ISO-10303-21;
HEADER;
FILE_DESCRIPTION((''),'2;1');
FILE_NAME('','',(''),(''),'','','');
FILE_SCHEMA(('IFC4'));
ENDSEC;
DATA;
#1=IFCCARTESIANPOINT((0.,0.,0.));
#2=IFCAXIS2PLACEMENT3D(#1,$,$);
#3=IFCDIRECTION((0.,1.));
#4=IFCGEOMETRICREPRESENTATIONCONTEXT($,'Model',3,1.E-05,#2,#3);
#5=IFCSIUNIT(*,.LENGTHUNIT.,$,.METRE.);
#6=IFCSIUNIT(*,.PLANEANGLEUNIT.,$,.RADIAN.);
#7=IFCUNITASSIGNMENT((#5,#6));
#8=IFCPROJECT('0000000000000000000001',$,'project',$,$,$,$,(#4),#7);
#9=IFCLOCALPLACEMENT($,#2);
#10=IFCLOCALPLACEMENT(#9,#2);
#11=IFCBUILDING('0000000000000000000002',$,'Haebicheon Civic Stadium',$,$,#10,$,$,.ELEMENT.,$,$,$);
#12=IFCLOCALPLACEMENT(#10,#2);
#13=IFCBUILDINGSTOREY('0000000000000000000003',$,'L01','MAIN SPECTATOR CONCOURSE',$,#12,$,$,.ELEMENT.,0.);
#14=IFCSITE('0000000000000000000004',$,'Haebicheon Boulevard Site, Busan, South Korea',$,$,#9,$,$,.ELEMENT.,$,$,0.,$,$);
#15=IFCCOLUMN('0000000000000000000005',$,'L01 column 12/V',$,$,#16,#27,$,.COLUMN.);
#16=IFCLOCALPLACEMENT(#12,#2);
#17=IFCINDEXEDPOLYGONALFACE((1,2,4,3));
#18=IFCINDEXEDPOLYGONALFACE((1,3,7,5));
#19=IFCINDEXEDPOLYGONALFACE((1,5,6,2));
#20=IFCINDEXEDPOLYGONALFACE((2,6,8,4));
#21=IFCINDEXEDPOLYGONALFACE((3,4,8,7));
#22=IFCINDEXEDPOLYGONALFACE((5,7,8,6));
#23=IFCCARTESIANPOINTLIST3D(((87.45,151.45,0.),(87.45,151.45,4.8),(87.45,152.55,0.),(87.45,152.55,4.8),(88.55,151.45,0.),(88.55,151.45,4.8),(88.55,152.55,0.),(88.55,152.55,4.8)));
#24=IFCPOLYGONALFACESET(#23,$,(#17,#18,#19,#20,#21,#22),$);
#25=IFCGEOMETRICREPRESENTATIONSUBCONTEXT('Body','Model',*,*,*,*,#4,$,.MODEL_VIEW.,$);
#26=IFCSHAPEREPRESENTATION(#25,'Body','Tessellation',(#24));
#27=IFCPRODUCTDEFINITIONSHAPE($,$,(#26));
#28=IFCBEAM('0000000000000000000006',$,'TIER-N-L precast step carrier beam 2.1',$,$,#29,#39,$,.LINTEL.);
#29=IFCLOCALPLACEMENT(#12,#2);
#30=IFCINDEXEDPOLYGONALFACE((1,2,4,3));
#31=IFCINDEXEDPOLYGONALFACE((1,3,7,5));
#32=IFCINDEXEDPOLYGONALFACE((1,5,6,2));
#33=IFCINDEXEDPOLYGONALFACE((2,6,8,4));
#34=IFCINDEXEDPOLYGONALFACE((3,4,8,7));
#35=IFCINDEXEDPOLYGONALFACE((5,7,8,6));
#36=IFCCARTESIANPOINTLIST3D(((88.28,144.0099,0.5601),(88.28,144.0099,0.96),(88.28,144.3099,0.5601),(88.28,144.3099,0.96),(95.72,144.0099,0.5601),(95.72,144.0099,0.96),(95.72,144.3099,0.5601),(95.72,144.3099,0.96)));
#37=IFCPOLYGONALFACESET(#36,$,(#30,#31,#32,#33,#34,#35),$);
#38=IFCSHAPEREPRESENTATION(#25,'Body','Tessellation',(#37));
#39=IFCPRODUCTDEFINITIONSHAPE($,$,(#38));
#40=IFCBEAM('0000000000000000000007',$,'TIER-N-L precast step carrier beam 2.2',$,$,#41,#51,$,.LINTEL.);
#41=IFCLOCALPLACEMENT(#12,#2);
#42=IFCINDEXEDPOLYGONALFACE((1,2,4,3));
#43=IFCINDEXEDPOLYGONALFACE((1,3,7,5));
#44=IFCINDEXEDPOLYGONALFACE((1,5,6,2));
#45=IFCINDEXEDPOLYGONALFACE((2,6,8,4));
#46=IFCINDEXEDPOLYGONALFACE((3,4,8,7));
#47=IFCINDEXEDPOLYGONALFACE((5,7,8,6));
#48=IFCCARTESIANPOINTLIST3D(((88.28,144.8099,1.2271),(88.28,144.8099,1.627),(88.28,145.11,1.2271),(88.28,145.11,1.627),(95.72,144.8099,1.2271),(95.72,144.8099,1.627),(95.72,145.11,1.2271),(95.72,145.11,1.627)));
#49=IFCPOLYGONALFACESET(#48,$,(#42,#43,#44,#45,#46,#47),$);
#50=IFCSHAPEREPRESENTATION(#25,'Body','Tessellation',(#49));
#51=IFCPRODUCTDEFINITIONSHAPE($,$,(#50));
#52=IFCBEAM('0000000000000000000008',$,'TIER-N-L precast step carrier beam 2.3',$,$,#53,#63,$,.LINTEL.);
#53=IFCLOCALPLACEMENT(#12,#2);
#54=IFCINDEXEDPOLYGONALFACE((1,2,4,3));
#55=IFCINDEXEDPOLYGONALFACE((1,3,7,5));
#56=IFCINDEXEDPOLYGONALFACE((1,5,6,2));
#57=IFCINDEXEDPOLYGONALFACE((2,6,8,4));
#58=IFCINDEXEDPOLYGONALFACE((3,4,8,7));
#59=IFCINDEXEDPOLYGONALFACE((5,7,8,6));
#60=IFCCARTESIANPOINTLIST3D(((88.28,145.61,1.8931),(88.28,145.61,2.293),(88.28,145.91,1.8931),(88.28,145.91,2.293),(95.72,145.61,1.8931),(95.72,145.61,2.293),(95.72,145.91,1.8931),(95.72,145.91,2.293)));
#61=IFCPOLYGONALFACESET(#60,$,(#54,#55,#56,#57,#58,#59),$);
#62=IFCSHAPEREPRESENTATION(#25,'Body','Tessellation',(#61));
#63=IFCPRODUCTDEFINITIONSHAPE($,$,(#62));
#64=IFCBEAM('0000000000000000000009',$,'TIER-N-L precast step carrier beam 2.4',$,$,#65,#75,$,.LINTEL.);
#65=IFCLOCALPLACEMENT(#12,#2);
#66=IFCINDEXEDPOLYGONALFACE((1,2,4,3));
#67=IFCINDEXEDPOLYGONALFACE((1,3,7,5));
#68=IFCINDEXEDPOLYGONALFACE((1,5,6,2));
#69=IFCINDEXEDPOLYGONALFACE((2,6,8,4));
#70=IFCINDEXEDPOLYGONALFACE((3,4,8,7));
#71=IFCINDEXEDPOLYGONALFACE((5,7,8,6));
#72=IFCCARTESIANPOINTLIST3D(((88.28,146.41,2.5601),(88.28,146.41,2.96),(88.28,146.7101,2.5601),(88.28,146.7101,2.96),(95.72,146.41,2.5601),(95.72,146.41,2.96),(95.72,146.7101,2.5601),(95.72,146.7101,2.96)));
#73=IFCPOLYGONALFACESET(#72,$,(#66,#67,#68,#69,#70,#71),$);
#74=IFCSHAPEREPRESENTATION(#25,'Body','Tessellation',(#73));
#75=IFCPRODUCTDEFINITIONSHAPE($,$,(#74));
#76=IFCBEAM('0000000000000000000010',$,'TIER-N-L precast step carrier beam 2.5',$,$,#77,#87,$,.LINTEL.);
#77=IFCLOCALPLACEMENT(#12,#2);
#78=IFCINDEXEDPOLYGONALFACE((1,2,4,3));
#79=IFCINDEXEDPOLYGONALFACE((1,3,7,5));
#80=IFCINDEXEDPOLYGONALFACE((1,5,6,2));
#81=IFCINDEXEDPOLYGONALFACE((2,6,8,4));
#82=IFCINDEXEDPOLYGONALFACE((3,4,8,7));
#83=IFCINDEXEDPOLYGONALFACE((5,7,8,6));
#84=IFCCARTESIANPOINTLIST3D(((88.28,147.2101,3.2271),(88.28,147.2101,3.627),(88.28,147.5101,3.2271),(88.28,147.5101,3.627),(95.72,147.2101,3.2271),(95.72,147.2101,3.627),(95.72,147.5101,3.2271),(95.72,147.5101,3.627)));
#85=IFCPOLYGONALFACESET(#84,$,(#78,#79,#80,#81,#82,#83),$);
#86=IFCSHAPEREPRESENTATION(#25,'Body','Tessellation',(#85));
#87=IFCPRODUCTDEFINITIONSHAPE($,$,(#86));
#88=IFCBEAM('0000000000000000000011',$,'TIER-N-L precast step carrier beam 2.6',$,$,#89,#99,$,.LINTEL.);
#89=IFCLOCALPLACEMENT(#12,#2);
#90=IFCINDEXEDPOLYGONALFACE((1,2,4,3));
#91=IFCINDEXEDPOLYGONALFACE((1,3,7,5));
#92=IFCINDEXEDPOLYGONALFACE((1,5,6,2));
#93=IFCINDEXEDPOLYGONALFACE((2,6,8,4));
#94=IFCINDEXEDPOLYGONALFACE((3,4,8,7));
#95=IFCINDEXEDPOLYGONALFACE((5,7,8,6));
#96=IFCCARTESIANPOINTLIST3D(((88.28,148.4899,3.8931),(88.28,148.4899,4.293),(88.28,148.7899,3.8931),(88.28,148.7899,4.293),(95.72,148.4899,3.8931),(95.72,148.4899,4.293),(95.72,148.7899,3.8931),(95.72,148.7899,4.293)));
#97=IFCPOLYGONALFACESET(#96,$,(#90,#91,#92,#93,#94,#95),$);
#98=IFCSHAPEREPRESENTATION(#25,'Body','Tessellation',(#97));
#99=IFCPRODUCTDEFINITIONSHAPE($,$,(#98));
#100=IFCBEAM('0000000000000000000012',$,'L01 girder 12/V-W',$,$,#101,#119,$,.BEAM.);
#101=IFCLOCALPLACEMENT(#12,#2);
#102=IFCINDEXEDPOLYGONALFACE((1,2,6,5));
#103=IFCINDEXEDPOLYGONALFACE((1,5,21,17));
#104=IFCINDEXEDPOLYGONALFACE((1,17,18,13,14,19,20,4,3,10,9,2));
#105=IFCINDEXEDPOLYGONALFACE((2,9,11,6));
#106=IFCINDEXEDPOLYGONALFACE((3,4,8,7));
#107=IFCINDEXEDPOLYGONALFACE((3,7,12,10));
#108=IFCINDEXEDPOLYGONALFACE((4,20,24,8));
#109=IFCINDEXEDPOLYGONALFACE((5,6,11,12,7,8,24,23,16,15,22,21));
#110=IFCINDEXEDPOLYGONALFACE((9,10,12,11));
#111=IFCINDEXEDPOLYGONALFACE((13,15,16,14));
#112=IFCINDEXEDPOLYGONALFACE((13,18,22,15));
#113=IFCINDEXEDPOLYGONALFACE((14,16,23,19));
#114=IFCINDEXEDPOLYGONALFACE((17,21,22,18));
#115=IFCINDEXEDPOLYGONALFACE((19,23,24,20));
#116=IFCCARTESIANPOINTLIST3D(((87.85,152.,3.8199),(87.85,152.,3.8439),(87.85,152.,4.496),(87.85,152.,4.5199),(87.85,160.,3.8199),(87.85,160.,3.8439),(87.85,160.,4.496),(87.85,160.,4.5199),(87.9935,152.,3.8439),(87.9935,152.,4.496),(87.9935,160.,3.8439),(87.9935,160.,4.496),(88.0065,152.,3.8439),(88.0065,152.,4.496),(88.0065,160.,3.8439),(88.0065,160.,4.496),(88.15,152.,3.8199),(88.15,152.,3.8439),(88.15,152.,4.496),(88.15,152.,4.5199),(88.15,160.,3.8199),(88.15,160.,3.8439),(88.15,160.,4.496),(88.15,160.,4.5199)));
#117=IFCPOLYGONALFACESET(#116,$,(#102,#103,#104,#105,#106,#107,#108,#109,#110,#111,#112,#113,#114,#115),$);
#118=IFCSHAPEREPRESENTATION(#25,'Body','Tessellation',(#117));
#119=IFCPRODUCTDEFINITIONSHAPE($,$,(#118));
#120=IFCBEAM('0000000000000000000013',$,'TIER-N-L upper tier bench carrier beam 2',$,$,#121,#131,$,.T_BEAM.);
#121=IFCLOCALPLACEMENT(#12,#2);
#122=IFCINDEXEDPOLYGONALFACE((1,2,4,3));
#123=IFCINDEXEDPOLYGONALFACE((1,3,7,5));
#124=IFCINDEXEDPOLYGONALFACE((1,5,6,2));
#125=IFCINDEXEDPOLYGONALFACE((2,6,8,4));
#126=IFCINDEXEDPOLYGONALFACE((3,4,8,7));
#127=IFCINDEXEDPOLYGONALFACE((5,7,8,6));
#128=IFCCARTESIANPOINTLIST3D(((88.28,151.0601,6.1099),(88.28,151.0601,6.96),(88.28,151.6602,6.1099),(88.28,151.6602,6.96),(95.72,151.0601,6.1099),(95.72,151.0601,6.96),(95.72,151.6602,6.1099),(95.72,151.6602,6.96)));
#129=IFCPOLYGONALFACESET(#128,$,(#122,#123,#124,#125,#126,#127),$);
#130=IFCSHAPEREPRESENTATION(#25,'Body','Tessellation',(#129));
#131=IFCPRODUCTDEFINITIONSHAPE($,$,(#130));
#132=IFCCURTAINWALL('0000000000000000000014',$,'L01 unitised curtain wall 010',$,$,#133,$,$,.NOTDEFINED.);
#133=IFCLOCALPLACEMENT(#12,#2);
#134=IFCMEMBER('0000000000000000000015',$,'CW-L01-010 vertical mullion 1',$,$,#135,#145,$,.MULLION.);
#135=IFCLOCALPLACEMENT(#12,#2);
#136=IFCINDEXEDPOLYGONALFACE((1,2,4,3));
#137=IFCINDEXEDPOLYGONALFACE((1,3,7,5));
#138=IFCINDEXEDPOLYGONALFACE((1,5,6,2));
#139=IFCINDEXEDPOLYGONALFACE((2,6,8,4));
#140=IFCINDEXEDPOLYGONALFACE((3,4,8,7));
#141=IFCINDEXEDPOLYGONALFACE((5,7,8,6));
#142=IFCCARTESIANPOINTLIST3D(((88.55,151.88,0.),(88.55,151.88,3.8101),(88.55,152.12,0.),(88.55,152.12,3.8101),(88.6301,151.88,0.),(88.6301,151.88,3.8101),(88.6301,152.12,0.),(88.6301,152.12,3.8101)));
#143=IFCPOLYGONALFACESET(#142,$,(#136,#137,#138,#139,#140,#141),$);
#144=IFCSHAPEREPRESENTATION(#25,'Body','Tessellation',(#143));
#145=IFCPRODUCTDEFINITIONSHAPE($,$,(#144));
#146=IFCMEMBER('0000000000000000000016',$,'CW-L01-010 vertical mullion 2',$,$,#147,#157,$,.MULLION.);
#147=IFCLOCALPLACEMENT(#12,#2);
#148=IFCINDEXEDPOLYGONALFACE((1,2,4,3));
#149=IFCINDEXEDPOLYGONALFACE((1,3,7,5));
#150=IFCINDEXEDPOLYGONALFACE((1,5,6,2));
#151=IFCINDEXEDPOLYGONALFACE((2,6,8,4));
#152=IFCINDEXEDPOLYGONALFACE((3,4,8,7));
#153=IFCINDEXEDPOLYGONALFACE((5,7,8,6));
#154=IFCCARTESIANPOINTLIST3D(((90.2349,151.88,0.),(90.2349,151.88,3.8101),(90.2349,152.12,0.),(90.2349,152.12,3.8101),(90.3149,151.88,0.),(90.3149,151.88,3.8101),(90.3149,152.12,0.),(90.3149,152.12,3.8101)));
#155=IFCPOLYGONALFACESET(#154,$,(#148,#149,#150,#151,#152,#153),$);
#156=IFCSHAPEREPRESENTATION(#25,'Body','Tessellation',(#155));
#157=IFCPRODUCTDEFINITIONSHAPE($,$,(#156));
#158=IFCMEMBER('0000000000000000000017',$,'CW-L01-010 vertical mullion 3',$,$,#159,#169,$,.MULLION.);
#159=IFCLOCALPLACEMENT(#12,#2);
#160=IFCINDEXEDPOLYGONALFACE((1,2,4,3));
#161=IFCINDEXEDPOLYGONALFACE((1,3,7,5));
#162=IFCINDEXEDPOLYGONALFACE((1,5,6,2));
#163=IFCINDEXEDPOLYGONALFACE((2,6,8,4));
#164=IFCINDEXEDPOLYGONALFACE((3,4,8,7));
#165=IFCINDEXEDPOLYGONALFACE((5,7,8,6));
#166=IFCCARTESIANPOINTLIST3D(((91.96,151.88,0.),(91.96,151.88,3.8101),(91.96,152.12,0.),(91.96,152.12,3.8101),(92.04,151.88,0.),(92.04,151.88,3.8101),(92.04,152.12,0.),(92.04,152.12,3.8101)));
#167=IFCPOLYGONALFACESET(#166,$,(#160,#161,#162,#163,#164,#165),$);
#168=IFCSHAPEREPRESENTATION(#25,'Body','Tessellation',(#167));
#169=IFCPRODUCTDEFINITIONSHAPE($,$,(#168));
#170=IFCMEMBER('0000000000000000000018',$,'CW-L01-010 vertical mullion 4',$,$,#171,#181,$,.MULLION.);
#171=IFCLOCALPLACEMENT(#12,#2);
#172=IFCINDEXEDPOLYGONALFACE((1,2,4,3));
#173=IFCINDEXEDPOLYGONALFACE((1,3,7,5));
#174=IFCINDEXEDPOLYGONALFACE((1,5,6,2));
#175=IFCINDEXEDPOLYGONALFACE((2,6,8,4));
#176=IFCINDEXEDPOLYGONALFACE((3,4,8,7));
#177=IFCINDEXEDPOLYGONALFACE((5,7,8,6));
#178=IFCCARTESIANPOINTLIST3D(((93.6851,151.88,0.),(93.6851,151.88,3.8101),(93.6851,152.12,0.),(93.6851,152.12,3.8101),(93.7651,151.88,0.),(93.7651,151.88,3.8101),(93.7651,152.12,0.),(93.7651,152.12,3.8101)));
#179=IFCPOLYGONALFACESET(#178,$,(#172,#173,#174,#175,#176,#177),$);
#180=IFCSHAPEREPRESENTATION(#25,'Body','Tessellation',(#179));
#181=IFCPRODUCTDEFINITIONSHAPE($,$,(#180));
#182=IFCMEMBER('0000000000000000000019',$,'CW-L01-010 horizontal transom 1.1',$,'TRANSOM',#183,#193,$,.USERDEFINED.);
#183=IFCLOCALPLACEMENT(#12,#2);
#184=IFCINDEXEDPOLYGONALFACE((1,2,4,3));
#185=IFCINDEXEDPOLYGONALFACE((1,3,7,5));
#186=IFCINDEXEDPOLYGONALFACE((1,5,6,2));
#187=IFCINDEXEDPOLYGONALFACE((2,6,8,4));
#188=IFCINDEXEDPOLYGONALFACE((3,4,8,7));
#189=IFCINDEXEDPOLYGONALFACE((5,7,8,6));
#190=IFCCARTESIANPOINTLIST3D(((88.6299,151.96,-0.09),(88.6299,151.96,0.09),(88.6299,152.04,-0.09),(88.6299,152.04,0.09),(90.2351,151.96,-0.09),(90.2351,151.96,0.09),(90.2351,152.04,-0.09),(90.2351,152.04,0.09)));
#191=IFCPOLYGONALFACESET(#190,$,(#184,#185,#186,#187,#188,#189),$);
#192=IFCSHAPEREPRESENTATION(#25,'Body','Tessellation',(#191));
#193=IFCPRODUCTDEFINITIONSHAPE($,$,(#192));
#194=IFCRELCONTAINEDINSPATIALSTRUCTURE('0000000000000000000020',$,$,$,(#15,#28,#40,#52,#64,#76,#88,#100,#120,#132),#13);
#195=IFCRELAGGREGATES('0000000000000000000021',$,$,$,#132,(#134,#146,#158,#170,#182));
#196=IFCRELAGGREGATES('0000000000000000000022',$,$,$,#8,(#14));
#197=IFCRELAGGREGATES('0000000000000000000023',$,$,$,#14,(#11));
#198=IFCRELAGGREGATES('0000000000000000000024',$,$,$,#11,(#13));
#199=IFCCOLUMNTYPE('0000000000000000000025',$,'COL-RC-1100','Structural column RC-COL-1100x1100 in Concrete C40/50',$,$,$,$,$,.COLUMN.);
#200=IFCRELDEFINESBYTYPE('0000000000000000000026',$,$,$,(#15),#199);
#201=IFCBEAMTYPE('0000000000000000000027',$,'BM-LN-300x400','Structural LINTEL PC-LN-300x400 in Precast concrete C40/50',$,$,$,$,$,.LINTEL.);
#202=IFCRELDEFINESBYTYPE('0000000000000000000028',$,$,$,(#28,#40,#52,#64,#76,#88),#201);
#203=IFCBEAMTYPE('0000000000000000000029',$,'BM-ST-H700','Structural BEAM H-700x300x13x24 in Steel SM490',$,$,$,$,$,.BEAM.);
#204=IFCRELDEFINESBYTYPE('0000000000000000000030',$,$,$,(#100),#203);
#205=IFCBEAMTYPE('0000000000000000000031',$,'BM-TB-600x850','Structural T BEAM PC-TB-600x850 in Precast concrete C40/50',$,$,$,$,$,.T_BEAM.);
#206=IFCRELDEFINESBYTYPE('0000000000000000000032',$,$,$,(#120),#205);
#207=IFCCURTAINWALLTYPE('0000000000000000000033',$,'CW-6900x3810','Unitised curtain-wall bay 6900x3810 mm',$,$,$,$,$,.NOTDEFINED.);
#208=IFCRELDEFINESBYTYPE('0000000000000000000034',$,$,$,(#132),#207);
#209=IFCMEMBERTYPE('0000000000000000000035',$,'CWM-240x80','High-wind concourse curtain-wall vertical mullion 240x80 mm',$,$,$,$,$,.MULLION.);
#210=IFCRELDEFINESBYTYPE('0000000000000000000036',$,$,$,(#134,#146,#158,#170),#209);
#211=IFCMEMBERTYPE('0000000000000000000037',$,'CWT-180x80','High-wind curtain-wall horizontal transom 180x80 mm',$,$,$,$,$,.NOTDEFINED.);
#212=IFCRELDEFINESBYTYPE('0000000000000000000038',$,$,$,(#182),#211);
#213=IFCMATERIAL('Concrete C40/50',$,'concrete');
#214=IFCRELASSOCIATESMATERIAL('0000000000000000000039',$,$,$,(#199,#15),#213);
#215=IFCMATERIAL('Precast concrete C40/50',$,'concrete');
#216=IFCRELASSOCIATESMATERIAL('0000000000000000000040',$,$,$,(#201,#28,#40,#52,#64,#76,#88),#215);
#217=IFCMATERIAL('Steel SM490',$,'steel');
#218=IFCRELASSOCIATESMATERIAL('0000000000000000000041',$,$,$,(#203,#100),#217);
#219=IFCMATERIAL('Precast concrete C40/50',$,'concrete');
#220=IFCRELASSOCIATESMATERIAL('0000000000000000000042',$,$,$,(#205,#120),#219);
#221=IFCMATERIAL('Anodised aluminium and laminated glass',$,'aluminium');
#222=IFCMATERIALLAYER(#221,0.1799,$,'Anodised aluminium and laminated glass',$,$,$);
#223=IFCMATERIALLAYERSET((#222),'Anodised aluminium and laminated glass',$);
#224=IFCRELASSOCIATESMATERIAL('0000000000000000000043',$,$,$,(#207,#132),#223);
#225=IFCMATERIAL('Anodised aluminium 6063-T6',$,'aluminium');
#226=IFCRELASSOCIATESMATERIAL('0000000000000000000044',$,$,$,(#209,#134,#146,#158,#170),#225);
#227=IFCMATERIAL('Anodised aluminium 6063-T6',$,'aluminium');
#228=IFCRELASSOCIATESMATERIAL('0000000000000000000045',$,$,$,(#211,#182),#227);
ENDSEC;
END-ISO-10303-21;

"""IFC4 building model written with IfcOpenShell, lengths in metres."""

from ifc_helpers import new_model, si_unit, direction, frame, origin, origin_2d, place, context, subcontext, project, spatial, rectangle, i_section, extrude, material, layer, layer_set, material_profile, profile_set, type_object, element, aggregate, save


model = new_model("IFC4")

# Units and contexts
model_context = context("Model", 3, precision=1e-05, world=origin(), true_north=direction((0.0, 1.0)))
body_context = subcontext(model_context, "Body", "Model", "MODEL_VIEW")
ifc_project = project(units=[si_unit("LENGTHUNIT", "METRE"), si_unit("PLANEANGLEUNIT", "RADIAN")], contexts=[model_context])

# Site, building, storey
site_placement = place(None, origin())
site = spatial("IfcSite", under=ifc_project, at=site_placement, Name="Haebicheon Boulevard Site, Busan, South Korea", CompositionType="ELEMENT", RefElevation=0.0)
building_placement = place(site_placement, origin())
building = spatial("IfcBuilding", under=site, at=building_placement, Name="Haebicheon Civic Stadium", CompositionType="ELEMENT")
storey_placement = place(building_placement, origin())
storey = spatial("IfcBuildingStorey", under=building, at=storey_placement, Name="L01", Description="MAIN SPECTATOR CONCOURSE", CompositionType="ELEMENT", Elevation=0.0)

# Column
ifc_material_1 = material(Name="Concrete C40/50", Category="concrete")
ifc_material_profile_1 = material_profile(ifc_material_1, rectangle(XDim=1.1001, YDim=1.1001, at=origin_2d()), Name="RC-COL-1100x1100")
ifc_profile_set_1 = profile_set([ifc_material_profile_1], Name="Concrete C40/50")
column_type = type_object("IfcColumnType", Name="COL-RC-1100", Description="Structural column RC-COL-1100x1100 in Concrete C40/50", PredefinedType="COLUMN", material=ifc_profile_set_1)
column_placement = place(storey_placement, frame((88.0, 152.0, 0.0), z_axis=(0.0, 0.0, 1.0), x_axis=(1.0, 0.0, 0.0)))
element("IfcColumn", 1, at=column_placement, inside=storey, type_object=column_type, material=ifc_profile_set_1, Name="L01 column 12/V", PredefinedType="COLUMN", context=body_context, shape_type="SweptSolid", body=[
    extrude(rectangle(XDim=1.1001, YDim=1.1001, at=origin_2d()), origin(), (0.0, 0.0, 1.0), 4.8),
])

# Beams
ifc_material_2 = material(Name="Precast concrete C40/50", Category="concrete")
ifc_material_profile_2 = material_profile(ifc_material_2, rectangle(XDim=0.3, YDim=0.3999, at=origin_2d()), Name="PC-LN-300x400")
ifc_profile_set_2 = profile_set([ifc_material_profile_2], Name="Precast concrete C40/50")
beam_type_1 = type_object("IfcBeamType", Name="BM-LN-300x400", Description="Structural LINTEL PC-LN-300x400 in Precast concrete C40/50", PredefinedType="LINTEL", material=ifc_profile_set_2)
for number, where, z_axis, x_axis, name in (
    (2, (88.28, 144.1599, 0.76), (1.0, 0.0, 0.0), (0.0, 1.0, 0.0), "TIER-N-L precast step carrier beam 2.1"),
    (3, (88.28, 144.96, 1.427), (1.0, 0.0, 0.0), (0.0, 1.0, 0.0), "TIER-N-L precast step carrier beam 2.2"),
    (4, (88.28, 145.76, 2.093), (1.0, 0.0, 0.0), (0.0, 1.0, 0.0), "TIER-N-L precast step carrier beam 2.3"),
    (5, (88.28, 146.5601, 2.76), (1.0, 0.0, 0.0), (0.0, 1.0, 0.0), "TIER-N-L precast step carrier beam 2.4"),
    (6, (88.28, 147.3601, 3.427), (1.0, 0.0, 0.0), (0.0, 1.0, 0.0), "TIER-N-L precast step carrier beam 2.5"),
    (7, (88.28, 148.6399, 4.093), (1.0, 0.0, 0.0), (0.0, 1.0, 0.0), "TIER-N-L precast step carrier beam 2.6"),
):
    element("IfcBeam", number, at=place(storey_placement, frame(where, z_axis=z_axis, x_axis=x_axis)), inside=storey, type_object=beam_type_1, material=ifc_profile_set_2, Name=name, PredefinedType="LINTEL", context=body_context, shape_type="SweptSolid", body=[
        extrude(rectangle(XDim=0.3, YDim=0.3999, at=origin_2d()), origin(), (0.0, 0.0, 1.0), 7.4399),
    ])
ifc_material_3 = material(Name="Steel SM490", Category="steel")
ifc_material_profile_3 = material_profile(ifc_material_3, i_section(OverallWidth=0.3, OverallDepth=0.7, WebThickness=0.0129, FlangeThickness=0.0239, at=origin_2d()), Name="H-700x300x13x24")
ifc_profile_set_3 = profile_set([ifc_material_profile_3], Name="Steel SM490")
beam_type_2 = type_object("IfcBeamType", Name="BM-ST-H700", Description="Structural BEAM H-700x300x13x24 in Steel SM490", PredefinedType="BEAM", material=ifc_profile_set_3)
beam_1_placement = place(storey_placement, frame((88.0, 152.0, 4.1699), z_axis=(0.0, 1.0, 0.0), x_axis=(-1.0, 0.0, 0.0)))
element("IfcBeam", 8, at=beam_1_placement, inside=storey, type_object=beam_type_2, material=ifc_profile_set_3, Name="L01 girder 12/V-W", PredefinedType="BEAM", context=body_context, shape_type="SweptSolid", body=[
    extrude(i_section(OverallWidth=0.3, OverallDepth=0.7, WebThickness=0.0129, FlangeThickness=0.0239, at=origin_2d()), origin(), (0.0, 0.0, 1.0), 8.0),
])
ifc_material_4 = material(Name="Precast concrete C40/50", Category="concrete")
ifc_material_profile_4 = material_profile(ifc_material_4, rectangle(XDim=0.6001, YDim=0.8501, at=origin_2d()), Name="PC-TB-600x850")
ifc_profile_set_4 = profile_set([ifc_material_profile_4], Name="Precast concrete C40/50")
beam_type_3 = type_object("IfcBeamType", Name="BM-TB-600x850", Description="Structural T BEAM PC-TB-600x850 in Precast concrete C40/50", PredefinedType="T_BEAM", material=ifc_profile_set_4)
beam_2_placement = place(storey_placement, frame((88.28, 151.3601, 6.5349), z_axis=(1.0, 0.0, 0.0), x_axis=(0.0, 1.0, 0.0)))
element("IfcBeam", 9, at=beam_2_placement, inside=storey, type_object=beam_type_3, material=ifc_profile_set_4, Name="TIER-N-L upper tier bench carrier beam 2", PredefinedType="T_BEAM", context=body_context, shape_type="SweptSolid", body=[
    extrude(rectangle(XDim=0.6001, YDim=0.8501, at=origin_2d()), origin(), (0.0, 0.0, 1.0), 7.4399),
])

# Curtain wall, members
ifc_material_5 = material(Name="Anodised aluminium and laminated glass", Category="aluminium")
ifc_layer_1 = layer(ifc_material_5, 0.1799, Name="Anodised aluminium and laminated glass")
ifc_layer_set_1 = layer_set([ifc_layer_1], Name="Anodised aluminium and laminated glass")
curtain_wall_type = type_object("IfcCurtainWallType", Name="CW-6900x3810", Description="Unitised curtain-wall bay 6900x3810 mm", PredefinedType="NOTDEFINED", material=ifc_layer_set_1)
curtain_wall_placement = place(storey_placement, origin())
curtain_wall = element("IfcCurtainWall", 10, at=curtain_wall_placement, inside=storey, type_object=curtain_wall_type, material=ifc_layer_set_1, Name="L01 unitised curtain wall 010", PredefinedType="NOTDEFINED")
ifc_material_6 = material(Name="Anodised aluminium 6063-T6", Category="aluminium")
ifc_material_profile_5 = material_profile(ifc_material_6, rectangle(XDim=0.0801, YDim=0.24, at=origin_2d()), Name="ALU-MULL-80x240")
ifc_profile_set_5 = profile_set([ifc_material_profile_5], Name="Anodised aluminium 6063-T6")
member_type_1 = type_object("IfcMemberType", Name="CWM-240x80", Description="High-wind concourse curtain-wall vertical mullion 240x80 mm", PredefinedType="MULLION", material=ifc_profile_set_5)
member_1_placement = place(storey_placement, frame((88.5901, 152.0, 0.0), z_axis=(0.0, 0.0, 1.0), x_axis=(1.0, 0.0, 0.0)))
member_1 = element("IfcMember", 11, at=member_1_placement, type_object=member_type_1, material=ifc_profile_set_5, Name="CW-L01-010 vertical mullion 1", PredefinedType="MULLION", context=body_context, shape_type="SweptSolid", body=[
    extrude(rectangle(XDim=0.0801, YDim=0.24, at=origin_2d()), origin(), (0.0, 0.0, 1.0), 3.8101),
])
member_2_placement = place(storey_placement, frame((90.2749, 152.0, 0.0), z_axis=(0.0, 0.0, 1.0), x_axis=(1.0, 0.0, 0.0)))
member_2 = element("IfcMember", 12, at=member_2_placement, type_object=member_type_1, material=ifc_profile_set_5, Name="CW-L01-010 vertical mullion 2", PredefinedType="MULLION", context=body_context, shape_type="SweptSolid", body=[
    extrude(rectangle(XDim=0.0801, YDim=0.24, at=origin_2d()), origin(), (0.0, 0.0, 1.0), 3.8101),
])
member_3_placement = place(storey_placement, frame((92.0, 152.0, 0.0), z_axis=(0.0, 0.0, 1.0), x_axis=(1.0, 0.0, 0.0)))
member_3 = element("IfcMember", 13, at=member_3_placement, type_object=member_type_1, material=ifc_profile_set_5, Name="CW-L01-010 vertical mullion 3", PredefinedType="MULLION", context=body_context, shape_type="SweptSolid", body=[
    extrude(rectangle(XDim=0.0801, YDim=0.24, at=origin_2d()), origin(), (0.0, 0.0, 1.0), 3.8101),
])
member_4_placement = place(storey_placement, frame((93.7251, 152.0, 0.0), z_axis=(0.0, 0.0, 1.0), x_axis=(1.0, 0.0, 0.0)))
member_4 = element("IfcMember", 14, at=member_4_placement, type_object=member_type_1, material=ifc_profile_set_5, Name="CW-L01-010 vertical mullion 4", PredefinedType="MULLION", context=body_context, shape_type="SweptSolid", body=[
    extrude(rectangle(XDim=0.0801, YDim=0.24, at=origin_2d()), origin(), (0.0, 0.0, 1.0), 3.8101),
])
ifc_material_7 = material(Name="Anodised aluminium 6063-T6", Category="aluminium")
ifc_material_profile_6 = material_profile(ifc_material_7, rectangle(XDim=0.0801, YDim=0.1799, at=origin_2d()), Name="ALU-TRAN-80x180")
ifc_profile_set_6 = profile_set([ifc_material_profile_6], Name="Anodised aluminium 6063-T6")
member_type_2 = type_object("IfcMemberType", Name="CWT-180x80", Description="High-wind curtain-wall horizontal transom 180x80 mm", PredefinedType="NOTDEFINED", material=ifc_profile_set_6)
member_5_placement = place(storey_placement, frame((88.6299, 152.0, 0.0), z_axis=(1.0, 0.0, 0.0), x_axis=(0.0, 1.0, 0.0)))
member_5 = element("IfcMember", 15, at=member_5_placement, type_object=member_type_2, material=ifc_profile_set_6, Name="CW-L01-010 horizontal transom 1.1", ObjectType="TRANSOM", PredefinedType="USERDEFINED", context=body_context, shape_type="SweptSolid", body=[
    extrude(rectangle(XDim=0.0801, YDim=0.1799, at=origin_2d()), origin(), (0.0, 0.0, 1.0), 1.6052),
])

aggregate(curtain_wall, [member_1, member_2, member_3, member_4, member_5])

save(model, "model.ifc")
